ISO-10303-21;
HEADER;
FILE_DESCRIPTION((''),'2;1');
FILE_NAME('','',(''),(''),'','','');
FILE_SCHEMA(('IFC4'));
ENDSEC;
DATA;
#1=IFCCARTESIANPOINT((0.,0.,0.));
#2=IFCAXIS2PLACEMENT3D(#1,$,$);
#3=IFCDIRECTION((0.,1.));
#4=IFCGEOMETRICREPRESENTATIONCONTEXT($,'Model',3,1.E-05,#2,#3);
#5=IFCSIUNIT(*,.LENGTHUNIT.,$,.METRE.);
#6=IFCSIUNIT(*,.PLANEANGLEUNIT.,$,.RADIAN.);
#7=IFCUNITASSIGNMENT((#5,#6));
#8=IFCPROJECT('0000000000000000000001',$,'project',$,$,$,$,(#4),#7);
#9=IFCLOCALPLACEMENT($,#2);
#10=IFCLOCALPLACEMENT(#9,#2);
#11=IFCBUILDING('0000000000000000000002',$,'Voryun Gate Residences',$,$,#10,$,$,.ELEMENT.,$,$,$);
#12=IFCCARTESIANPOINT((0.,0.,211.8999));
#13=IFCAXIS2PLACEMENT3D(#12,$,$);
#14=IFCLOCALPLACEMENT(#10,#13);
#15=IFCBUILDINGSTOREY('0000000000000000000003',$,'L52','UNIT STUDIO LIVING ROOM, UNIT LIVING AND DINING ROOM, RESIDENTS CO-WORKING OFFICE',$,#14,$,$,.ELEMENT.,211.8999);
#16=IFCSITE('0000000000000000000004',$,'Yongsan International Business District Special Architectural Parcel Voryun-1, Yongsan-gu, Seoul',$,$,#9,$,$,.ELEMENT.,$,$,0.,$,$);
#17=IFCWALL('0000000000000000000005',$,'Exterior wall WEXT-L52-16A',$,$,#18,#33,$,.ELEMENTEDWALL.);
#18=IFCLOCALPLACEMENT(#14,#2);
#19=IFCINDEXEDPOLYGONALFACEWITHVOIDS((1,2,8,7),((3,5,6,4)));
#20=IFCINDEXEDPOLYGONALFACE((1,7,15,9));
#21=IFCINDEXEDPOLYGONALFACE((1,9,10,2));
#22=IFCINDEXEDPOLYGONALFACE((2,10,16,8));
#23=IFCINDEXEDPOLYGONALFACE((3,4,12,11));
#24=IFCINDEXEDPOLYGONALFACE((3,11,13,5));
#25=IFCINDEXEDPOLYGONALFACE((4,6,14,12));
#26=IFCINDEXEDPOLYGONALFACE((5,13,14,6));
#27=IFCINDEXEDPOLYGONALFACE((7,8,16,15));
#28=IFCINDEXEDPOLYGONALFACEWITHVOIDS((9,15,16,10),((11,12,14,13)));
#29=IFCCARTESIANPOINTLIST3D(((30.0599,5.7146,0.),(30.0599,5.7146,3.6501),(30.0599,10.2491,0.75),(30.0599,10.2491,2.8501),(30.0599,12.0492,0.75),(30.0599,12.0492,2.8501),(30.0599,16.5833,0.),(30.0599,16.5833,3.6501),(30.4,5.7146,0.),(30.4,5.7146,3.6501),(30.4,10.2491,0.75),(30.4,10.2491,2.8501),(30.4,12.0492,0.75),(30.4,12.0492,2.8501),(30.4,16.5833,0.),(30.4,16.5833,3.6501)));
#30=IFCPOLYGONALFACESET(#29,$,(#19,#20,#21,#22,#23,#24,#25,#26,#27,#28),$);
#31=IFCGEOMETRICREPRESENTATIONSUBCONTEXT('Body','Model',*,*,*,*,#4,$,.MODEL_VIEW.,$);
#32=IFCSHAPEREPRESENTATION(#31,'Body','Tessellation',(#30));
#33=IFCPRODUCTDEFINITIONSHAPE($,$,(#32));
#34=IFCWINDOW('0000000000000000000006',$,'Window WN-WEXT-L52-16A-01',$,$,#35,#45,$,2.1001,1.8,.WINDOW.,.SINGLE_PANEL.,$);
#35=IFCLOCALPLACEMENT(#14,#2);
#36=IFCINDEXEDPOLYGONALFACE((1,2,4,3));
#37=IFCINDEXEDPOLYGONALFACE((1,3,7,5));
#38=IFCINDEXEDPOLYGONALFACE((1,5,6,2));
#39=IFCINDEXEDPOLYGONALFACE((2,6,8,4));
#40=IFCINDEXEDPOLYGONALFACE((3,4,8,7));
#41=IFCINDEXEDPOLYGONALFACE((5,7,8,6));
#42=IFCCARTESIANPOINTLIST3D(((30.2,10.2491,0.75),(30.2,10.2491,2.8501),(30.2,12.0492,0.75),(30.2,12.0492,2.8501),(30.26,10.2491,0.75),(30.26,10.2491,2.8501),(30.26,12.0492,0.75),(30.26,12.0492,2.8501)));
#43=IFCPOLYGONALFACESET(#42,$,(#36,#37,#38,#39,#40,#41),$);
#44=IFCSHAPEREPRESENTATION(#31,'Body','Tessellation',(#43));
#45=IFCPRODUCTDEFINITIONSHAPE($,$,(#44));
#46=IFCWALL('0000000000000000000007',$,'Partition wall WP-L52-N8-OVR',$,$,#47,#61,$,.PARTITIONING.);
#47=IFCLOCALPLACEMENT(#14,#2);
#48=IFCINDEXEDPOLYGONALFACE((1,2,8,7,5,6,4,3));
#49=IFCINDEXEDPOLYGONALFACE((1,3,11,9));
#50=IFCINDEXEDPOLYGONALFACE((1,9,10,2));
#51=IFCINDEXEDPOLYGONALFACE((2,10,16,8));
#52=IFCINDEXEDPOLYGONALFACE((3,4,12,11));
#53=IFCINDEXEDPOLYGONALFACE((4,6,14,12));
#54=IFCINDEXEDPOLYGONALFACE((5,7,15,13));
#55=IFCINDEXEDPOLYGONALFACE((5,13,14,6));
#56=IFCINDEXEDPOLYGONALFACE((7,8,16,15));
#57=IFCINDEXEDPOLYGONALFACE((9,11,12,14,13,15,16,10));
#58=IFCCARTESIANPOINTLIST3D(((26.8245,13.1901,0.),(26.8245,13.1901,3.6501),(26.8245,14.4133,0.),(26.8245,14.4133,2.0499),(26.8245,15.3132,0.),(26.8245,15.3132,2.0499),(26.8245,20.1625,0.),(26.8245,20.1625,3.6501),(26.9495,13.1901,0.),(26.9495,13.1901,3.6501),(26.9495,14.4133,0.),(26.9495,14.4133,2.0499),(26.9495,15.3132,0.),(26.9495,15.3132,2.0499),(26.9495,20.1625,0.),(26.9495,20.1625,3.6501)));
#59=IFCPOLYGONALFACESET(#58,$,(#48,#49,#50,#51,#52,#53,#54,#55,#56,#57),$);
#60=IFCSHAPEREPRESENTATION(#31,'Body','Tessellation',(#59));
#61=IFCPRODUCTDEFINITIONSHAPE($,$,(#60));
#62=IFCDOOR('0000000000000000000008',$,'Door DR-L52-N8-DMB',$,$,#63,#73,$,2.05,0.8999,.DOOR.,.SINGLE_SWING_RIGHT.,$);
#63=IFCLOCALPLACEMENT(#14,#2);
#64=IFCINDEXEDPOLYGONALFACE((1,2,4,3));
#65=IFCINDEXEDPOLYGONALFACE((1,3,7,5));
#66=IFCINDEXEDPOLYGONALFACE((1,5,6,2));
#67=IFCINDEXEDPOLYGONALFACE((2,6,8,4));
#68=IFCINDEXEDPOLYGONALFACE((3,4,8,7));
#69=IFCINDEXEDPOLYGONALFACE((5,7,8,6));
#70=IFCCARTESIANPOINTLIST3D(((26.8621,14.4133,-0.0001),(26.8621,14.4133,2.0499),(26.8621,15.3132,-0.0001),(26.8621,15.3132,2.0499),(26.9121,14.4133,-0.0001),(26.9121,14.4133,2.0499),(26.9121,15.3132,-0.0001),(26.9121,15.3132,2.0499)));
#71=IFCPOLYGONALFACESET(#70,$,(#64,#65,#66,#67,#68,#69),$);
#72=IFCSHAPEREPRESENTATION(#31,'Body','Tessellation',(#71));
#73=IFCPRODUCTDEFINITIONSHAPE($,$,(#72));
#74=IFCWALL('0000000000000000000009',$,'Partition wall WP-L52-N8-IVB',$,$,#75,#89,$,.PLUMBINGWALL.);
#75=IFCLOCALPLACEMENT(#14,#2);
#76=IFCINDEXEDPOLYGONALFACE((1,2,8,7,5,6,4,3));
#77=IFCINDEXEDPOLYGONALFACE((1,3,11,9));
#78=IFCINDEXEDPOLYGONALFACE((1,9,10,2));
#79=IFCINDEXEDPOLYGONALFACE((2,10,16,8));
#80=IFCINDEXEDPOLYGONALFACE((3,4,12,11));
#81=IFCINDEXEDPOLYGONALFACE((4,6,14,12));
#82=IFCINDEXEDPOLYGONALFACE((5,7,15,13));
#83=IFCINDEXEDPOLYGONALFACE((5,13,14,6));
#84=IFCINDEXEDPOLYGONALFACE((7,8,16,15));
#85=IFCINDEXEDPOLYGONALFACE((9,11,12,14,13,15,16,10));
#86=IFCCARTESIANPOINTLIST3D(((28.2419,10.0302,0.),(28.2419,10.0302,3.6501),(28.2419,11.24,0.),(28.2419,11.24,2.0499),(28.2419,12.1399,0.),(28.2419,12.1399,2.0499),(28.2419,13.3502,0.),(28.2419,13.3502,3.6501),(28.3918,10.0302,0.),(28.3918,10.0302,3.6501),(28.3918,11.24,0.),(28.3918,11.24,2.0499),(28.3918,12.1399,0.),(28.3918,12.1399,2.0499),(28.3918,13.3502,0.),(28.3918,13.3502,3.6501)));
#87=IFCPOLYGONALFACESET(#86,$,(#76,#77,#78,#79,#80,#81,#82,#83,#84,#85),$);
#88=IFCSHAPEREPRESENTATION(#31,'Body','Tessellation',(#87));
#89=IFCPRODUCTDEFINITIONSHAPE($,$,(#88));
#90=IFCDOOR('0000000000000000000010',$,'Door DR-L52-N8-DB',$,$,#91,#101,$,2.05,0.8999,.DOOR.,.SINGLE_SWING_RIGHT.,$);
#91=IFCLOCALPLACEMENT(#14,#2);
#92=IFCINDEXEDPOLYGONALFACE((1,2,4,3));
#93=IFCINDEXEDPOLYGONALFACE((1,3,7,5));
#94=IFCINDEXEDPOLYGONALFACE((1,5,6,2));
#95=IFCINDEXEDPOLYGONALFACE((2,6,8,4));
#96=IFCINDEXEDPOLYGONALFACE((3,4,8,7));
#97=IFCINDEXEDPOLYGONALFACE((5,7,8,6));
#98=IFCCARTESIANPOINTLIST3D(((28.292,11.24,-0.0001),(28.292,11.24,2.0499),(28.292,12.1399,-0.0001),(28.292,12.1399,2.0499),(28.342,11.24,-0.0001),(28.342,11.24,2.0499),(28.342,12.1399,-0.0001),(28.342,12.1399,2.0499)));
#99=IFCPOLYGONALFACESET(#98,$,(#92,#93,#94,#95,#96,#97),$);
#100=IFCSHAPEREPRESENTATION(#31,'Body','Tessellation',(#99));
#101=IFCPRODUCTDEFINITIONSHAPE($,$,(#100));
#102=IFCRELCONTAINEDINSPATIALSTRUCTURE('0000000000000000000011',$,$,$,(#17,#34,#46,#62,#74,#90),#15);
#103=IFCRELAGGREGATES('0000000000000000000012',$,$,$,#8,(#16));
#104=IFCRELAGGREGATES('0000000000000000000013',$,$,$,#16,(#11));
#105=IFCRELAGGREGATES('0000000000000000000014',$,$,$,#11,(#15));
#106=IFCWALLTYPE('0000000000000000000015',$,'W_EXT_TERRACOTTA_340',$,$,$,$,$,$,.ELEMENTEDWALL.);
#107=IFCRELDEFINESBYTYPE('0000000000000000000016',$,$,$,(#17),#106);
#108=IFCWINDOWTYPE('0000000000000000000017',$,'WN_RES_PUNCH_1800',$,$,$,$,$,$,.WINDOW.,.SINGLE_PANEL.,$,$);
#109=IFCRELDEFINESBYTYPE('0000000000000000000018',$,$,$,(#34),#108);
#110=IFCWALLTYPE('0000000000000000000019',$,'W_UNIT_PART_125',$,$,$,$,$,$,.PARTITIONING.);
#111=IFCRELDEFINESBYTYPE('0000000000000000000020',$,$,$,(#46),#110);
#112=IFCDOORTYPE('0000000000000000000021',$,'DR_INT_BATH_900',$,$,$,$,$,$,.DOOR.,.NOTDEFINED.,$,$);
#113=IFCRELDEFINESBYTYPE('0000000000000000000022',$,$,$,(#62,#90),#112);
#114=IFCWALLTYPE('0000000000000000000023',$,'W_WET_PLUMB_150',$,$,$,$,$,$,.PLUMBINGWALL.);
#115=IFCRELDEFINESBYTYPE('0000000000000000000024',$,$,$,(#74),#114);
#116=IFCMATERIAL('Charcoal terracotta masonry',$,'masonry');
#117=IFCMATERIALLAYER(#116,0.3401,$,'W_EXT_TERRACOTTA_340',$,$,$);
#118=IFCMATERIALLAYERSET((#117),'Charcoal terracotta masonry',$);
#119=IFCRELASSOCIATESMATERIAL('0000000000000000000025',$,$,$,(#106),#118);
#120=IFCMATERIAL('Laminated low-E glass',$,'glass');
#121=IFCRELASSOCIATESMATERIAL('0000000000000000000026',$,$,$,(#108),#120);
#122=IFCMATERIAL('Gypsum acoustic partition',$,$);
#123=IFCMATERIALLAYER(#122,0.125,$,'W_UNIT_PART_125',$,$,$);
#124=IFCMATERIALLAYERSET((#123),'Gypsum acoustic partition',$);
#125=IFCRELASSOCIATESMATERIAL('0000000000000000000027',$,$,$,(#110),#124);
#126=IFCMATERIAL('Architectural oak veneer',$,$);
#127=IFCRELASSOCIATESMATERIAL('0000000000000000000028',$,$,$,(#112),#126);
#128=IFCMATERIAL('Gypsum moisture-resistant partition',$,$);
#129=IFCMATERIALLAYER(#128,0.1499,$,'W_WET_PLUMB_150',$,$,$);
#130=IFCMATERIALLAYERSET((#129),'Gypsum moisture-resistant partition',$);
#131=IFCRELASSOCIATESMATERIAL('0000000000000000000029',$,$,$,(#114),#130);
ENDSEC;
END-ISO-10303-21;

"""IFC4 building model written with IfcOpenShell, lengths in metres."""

from ifc_helpers import new_model, si_unit, direction, frame, frame_2d, origin, place, context, subcontext, project, spatial, rectangle, extrude, material, layer, layer_set, type_object, element, fill, save


model = new_model("IFC4")

# Units and contexts
model_context = context("Model", 3, precision=1e-05, world=origin(), true_north=direction((0.0, 1.0)))
body_context = subcontext(model_context, "Body", "Model", "MODEL_VIEW")
ifc_project = project(units=[si_unit("LENGTHUNIT", "METRE"), si_unit("PLANEANGLEUNIT", "RADIAN")], contexts=[model_context])

# Site, building, storey
site_placement = place(None, origin())
site = spatial("IfcSite", under=ifc_project, at=site_placement, Name="Yongsan International Business District Special Architectural Parcel Voryun-1, Yongsan-gu, Seoul", CompositionType="ELEMENT", RefElevation=0.0)
building_placement = place(site_placement, origin())
building = spatial("IfcBuilding", under=site, at=building_placement, Name="Voryun Gate Residences", CompositionType="ELEMENT")
storey_placement = place(building_placement, frame((0.0, 0.0, 211.8999)))
storey = spatial("IfcBuildingStorey", under=building, at=storey_placement, Name="L52", Description="UNIT STUDIO LIVING ROOM, UNIT LIVING AND DINING ROOM, RESIDENTS CO-WORKING OFFICE", CompositionType="ELEMENT", Elevation=211.8999)

# Shared definitions
ifc_material_1 = material(Name="Charcoal terracotta masonry", Category="masonry")
ifc_layer_1 = layer(ifc_material_1, 0.3401, Name="W_EXT_TERRACOTTA_340")
ifc_layer_set_1 = layer_set([ifc_layer_1], Name="Charcoal terracotta masonry")
wall_type_1 = type_object("IfcWallType", Name="W_EXT_TERRACOTTA_340", PredefinedType="ELEMENTEDWALL", material=ifc_layer_set_1)

# Wall, opening, window
wall_1_placement = place(storey_placement, frame((30.23, 16.5833, 0.0), z_axis=(0.0, 0.0, 1.0), x_axis=(0.0, -1.0, 0.0)))
wall_1 = element("IfcWall", 1, at=wall_1_placement, inside=storey, type_object=wall_type_1, Name="Exterior wall WEXT-L52-16A", PredefinedType="ELEMENTEDWALL", context=body_context, shape_type="SweptSolid", body=[
    extrude(rectangle(XDim=10.8687, YDim=0.3401, at=frame_2d((5.4343, 0.0))), origin(), (0.0, 0.0, 1.0), 3.6501),
])
opening_1_placement = place(wall_1_placement, frame((4.5342, 0.0, 0.75)))
opening_1 = element("IfcOpeningElement", 2, at=opening_1_placement, cuts=wall_1, PredefinedType="OPENING", context=body_context, shape_type="SweptSolid", body=[
    extrude(rectangle(XDim=1.8, YDim=2.1001, at=frame_2d((0.8999, 1.05))), frame((0.0, 0.1799, 0.0), z_axis=(0.0, -1.0, 0.0), x_axis=(1.0, 0.0, 0.0)), (0.0, 0.0, 1.0), 0.3601),
])
ifc_material_2 = material(Name="Laminated low-E glass", Category="glass")
window_type_1 = type_object("IfcWindowType", Name="WN_RES_PUNCH_1800", PartitioningType="SINGLE_PANEL", PredefinedType="WINDOW", material=ifc_material_2)
window_1_placement = place(opening_1_placement, origin())
window_1 = element("IfcWindow", 3, at=window_1_placement, inside=storey, type_object=window_type_1, Name="Window WN-WEXT-L52-16A-01", OverallHeight=2.1001, OverallWidth=1.8, PartitioningType="SINGLE_PANEL", PredefinedType="WINDOW", context=body_context, shape_type="SweptSolid", body=[
    extrude(rectangle(XDim=1.8, YDim=2.1001, at=frame_2d((0.8999, 1.05))), frame((0.0, 0.03, 0.0), z_axis=(0.0, -1.0, 0.0), x_axis=(1.0, 0.0, 0.0)), (0.0, 0.0, 1.0), 0.0601),
])
fill(opening_1, window_1)

# Walls, openings, doors
ifc_material_3 = material(Name="Gypsum acoustic partition")
ifc_layer_2 = layer(ifc_material_3, 0.125, Name="W_UNIT_PART_125")
ifc_layer_set_2 = layer_set([ifc_layer_2], Name="Gypsum acoustic partition")
wall_type_2 = type_object("IfcWallType", Name="W_UNIT_PART_125", PredefinedType="PARTITIONING", material=ifc_layer_set_2)
wall_2_placement = place(storey_placement, frame((26.887, 13.1899, 0.0), z_axis=(0.0, 0.0, 1.0), x_axis=(0.0, 1.0, 0.0)))
wall_2 = element("IfcWall", 4, at=wall_2_placement, inside=storey, type_object=wall_type_2, Name="Partition wall WP-L52-N8-OVR", PredefinedType="PARTITIONING", context=body_context, shape_type="SweptSolid", body=[
    extrude(rectangle(XDim=6.9724, YDim=0.125, at=frame_2d((3.4863, 0.0))), origin(), (0.0, 0.0, 1.0), 3.6501),
])
opening_2_placement = place(wall_2_placement, frame((1.2234, 0.0, 0.0)))
opening_2 = element("IfcOpeningElement", 5, at=opening_2_placement, cuts=wall_2, PredefinedType="OPENING", context=body_context, shape_type="SweptSolid", body=[
    extrude(rectangle(XDim=0.8999, YDim=2.05, at=frame_2d((0.45, 1.0249))), frame((0.0, 0.0725, 0.0), z_axis=(0.0, -1.0, 0.0), x_axis=(1.0, 0.0, 0.0)), (0.0, 0.0, 1.0), 0.145),
])
ifc_material_4 = material(Name="Architectural oak veneer")
door_type = type_object("IfcDoorType", Name="DR_INT_BATH_900", OperationType="NOTDEFINED", PredefinedType="DOOR", material=ifc_material_4)
door_1_placement = place(opening_2_placement, origin())
door_1 = element("IfcDoor", 6, at=door_1_placement, inside=storey, type_object=door_type, Name="Door DR-L52-N8-DMB", OperationType="SINGLE_SWING_RIGHT", OverallHeight=2.05, OverallWidth=0.8999, PredefinedType="DOOR", context=body_context, shape_type="SweptSolid", body=[
    extrude(rectangle(XDim=0.8999, YDim=2.05, at=frame_2d((0.45, 1.0249))), frame((0.0, 0.0249, 0.0), z_axis=(0.0, -1.0, 0.0), x_axis=(1.0, 0.0, 0.0)), (0.0, 0.0, 1.0), 0.05),
])
fill(opening_2, door_1)
ifc_material_5 = material(Name="Gypsum moisture-resistant partition")
ifc_layer_3 = layer(ifc_material_5, 0.1499, Name="W_WET_PLUMB_150")
ifc_layer_set_3 = layer_set([ifc_layer_3], Name="Gypsum moisture-resistant partition")
wall_type_3 = type_object("IfcWallType", Name="W_WET_PLUMB_150", PredefinedType="PLUMBINGWALL", material=ifc_layer_set_3)
wall_3_placement = place(storey_placement, frame((28.3169, 10.03, 0.0), z_axis=(0.0, 0.0, 1.0), x_axis=(0.0, 1.0, 0.0)))
wall_3 = element("IfcWall", 7, at=wall_3_placement, inside=storey, type_object=wall_type_3, Name="Partition wall WP-L52-N8-IVB", PredefinedType="PLUMBINGWALL", context=body_context, shape_type="SweptSolid", body=[
    extrude(rectangle(XDim=3.3201, YDim=0.1499, at=frame_2d((1.6602, 0.0))), origin(), (0.0, 0.0, 1.0), 3.6501),
])
opening_3_placement = place(wall_3_placement, frame((1.21, 0.0, 0.0)))
opening_3 = element("IfcOpeningElement", 8, at=opening_3_placement, cuts=wall_3, PredefinedType="OPENING", context=body_context, shape_type="SweptSolid", body=[
    extrude(rectangle(XDim=0.8999, YDim=2.05, at=frame_2d((0.45, 1.0249))), frame((0.0, 0.085, 0.0), z_axis=(0.0, -1.0, 0.0), x_axis=(1.0, 0.0, 0.0)), (0.0, 0.0, 1.0), 0.1699),
])
door_2_placement = place(opening_3_placement, origin())
door_2 = element("IfcDoor", 9, at=door_2_placement, inside=storey, type_object=door_type, Name="Door DR-L52-N8-DB", OperationType="SINGLE_SWING_RIGHT", OverallHeight=2.05, OverallWidth=0.8999, PredefinedType="DOOR", context=body_context, shape_type="SweptSolid", body=[
    extrude(rectangle(XDim=0.8999, YDim=2.05, at=frame_2d((0.45, 1.0249))), frame((0.0, 0.0249, 0.0), z_axis=(0.0, -1.0, 0.0), x_axis=(1.0, 0.0, 0.0)), (0.0, 0.0, 1.0), 0.05),
])
fill(opening_3, door_2)

save(model, "model.ifc")
